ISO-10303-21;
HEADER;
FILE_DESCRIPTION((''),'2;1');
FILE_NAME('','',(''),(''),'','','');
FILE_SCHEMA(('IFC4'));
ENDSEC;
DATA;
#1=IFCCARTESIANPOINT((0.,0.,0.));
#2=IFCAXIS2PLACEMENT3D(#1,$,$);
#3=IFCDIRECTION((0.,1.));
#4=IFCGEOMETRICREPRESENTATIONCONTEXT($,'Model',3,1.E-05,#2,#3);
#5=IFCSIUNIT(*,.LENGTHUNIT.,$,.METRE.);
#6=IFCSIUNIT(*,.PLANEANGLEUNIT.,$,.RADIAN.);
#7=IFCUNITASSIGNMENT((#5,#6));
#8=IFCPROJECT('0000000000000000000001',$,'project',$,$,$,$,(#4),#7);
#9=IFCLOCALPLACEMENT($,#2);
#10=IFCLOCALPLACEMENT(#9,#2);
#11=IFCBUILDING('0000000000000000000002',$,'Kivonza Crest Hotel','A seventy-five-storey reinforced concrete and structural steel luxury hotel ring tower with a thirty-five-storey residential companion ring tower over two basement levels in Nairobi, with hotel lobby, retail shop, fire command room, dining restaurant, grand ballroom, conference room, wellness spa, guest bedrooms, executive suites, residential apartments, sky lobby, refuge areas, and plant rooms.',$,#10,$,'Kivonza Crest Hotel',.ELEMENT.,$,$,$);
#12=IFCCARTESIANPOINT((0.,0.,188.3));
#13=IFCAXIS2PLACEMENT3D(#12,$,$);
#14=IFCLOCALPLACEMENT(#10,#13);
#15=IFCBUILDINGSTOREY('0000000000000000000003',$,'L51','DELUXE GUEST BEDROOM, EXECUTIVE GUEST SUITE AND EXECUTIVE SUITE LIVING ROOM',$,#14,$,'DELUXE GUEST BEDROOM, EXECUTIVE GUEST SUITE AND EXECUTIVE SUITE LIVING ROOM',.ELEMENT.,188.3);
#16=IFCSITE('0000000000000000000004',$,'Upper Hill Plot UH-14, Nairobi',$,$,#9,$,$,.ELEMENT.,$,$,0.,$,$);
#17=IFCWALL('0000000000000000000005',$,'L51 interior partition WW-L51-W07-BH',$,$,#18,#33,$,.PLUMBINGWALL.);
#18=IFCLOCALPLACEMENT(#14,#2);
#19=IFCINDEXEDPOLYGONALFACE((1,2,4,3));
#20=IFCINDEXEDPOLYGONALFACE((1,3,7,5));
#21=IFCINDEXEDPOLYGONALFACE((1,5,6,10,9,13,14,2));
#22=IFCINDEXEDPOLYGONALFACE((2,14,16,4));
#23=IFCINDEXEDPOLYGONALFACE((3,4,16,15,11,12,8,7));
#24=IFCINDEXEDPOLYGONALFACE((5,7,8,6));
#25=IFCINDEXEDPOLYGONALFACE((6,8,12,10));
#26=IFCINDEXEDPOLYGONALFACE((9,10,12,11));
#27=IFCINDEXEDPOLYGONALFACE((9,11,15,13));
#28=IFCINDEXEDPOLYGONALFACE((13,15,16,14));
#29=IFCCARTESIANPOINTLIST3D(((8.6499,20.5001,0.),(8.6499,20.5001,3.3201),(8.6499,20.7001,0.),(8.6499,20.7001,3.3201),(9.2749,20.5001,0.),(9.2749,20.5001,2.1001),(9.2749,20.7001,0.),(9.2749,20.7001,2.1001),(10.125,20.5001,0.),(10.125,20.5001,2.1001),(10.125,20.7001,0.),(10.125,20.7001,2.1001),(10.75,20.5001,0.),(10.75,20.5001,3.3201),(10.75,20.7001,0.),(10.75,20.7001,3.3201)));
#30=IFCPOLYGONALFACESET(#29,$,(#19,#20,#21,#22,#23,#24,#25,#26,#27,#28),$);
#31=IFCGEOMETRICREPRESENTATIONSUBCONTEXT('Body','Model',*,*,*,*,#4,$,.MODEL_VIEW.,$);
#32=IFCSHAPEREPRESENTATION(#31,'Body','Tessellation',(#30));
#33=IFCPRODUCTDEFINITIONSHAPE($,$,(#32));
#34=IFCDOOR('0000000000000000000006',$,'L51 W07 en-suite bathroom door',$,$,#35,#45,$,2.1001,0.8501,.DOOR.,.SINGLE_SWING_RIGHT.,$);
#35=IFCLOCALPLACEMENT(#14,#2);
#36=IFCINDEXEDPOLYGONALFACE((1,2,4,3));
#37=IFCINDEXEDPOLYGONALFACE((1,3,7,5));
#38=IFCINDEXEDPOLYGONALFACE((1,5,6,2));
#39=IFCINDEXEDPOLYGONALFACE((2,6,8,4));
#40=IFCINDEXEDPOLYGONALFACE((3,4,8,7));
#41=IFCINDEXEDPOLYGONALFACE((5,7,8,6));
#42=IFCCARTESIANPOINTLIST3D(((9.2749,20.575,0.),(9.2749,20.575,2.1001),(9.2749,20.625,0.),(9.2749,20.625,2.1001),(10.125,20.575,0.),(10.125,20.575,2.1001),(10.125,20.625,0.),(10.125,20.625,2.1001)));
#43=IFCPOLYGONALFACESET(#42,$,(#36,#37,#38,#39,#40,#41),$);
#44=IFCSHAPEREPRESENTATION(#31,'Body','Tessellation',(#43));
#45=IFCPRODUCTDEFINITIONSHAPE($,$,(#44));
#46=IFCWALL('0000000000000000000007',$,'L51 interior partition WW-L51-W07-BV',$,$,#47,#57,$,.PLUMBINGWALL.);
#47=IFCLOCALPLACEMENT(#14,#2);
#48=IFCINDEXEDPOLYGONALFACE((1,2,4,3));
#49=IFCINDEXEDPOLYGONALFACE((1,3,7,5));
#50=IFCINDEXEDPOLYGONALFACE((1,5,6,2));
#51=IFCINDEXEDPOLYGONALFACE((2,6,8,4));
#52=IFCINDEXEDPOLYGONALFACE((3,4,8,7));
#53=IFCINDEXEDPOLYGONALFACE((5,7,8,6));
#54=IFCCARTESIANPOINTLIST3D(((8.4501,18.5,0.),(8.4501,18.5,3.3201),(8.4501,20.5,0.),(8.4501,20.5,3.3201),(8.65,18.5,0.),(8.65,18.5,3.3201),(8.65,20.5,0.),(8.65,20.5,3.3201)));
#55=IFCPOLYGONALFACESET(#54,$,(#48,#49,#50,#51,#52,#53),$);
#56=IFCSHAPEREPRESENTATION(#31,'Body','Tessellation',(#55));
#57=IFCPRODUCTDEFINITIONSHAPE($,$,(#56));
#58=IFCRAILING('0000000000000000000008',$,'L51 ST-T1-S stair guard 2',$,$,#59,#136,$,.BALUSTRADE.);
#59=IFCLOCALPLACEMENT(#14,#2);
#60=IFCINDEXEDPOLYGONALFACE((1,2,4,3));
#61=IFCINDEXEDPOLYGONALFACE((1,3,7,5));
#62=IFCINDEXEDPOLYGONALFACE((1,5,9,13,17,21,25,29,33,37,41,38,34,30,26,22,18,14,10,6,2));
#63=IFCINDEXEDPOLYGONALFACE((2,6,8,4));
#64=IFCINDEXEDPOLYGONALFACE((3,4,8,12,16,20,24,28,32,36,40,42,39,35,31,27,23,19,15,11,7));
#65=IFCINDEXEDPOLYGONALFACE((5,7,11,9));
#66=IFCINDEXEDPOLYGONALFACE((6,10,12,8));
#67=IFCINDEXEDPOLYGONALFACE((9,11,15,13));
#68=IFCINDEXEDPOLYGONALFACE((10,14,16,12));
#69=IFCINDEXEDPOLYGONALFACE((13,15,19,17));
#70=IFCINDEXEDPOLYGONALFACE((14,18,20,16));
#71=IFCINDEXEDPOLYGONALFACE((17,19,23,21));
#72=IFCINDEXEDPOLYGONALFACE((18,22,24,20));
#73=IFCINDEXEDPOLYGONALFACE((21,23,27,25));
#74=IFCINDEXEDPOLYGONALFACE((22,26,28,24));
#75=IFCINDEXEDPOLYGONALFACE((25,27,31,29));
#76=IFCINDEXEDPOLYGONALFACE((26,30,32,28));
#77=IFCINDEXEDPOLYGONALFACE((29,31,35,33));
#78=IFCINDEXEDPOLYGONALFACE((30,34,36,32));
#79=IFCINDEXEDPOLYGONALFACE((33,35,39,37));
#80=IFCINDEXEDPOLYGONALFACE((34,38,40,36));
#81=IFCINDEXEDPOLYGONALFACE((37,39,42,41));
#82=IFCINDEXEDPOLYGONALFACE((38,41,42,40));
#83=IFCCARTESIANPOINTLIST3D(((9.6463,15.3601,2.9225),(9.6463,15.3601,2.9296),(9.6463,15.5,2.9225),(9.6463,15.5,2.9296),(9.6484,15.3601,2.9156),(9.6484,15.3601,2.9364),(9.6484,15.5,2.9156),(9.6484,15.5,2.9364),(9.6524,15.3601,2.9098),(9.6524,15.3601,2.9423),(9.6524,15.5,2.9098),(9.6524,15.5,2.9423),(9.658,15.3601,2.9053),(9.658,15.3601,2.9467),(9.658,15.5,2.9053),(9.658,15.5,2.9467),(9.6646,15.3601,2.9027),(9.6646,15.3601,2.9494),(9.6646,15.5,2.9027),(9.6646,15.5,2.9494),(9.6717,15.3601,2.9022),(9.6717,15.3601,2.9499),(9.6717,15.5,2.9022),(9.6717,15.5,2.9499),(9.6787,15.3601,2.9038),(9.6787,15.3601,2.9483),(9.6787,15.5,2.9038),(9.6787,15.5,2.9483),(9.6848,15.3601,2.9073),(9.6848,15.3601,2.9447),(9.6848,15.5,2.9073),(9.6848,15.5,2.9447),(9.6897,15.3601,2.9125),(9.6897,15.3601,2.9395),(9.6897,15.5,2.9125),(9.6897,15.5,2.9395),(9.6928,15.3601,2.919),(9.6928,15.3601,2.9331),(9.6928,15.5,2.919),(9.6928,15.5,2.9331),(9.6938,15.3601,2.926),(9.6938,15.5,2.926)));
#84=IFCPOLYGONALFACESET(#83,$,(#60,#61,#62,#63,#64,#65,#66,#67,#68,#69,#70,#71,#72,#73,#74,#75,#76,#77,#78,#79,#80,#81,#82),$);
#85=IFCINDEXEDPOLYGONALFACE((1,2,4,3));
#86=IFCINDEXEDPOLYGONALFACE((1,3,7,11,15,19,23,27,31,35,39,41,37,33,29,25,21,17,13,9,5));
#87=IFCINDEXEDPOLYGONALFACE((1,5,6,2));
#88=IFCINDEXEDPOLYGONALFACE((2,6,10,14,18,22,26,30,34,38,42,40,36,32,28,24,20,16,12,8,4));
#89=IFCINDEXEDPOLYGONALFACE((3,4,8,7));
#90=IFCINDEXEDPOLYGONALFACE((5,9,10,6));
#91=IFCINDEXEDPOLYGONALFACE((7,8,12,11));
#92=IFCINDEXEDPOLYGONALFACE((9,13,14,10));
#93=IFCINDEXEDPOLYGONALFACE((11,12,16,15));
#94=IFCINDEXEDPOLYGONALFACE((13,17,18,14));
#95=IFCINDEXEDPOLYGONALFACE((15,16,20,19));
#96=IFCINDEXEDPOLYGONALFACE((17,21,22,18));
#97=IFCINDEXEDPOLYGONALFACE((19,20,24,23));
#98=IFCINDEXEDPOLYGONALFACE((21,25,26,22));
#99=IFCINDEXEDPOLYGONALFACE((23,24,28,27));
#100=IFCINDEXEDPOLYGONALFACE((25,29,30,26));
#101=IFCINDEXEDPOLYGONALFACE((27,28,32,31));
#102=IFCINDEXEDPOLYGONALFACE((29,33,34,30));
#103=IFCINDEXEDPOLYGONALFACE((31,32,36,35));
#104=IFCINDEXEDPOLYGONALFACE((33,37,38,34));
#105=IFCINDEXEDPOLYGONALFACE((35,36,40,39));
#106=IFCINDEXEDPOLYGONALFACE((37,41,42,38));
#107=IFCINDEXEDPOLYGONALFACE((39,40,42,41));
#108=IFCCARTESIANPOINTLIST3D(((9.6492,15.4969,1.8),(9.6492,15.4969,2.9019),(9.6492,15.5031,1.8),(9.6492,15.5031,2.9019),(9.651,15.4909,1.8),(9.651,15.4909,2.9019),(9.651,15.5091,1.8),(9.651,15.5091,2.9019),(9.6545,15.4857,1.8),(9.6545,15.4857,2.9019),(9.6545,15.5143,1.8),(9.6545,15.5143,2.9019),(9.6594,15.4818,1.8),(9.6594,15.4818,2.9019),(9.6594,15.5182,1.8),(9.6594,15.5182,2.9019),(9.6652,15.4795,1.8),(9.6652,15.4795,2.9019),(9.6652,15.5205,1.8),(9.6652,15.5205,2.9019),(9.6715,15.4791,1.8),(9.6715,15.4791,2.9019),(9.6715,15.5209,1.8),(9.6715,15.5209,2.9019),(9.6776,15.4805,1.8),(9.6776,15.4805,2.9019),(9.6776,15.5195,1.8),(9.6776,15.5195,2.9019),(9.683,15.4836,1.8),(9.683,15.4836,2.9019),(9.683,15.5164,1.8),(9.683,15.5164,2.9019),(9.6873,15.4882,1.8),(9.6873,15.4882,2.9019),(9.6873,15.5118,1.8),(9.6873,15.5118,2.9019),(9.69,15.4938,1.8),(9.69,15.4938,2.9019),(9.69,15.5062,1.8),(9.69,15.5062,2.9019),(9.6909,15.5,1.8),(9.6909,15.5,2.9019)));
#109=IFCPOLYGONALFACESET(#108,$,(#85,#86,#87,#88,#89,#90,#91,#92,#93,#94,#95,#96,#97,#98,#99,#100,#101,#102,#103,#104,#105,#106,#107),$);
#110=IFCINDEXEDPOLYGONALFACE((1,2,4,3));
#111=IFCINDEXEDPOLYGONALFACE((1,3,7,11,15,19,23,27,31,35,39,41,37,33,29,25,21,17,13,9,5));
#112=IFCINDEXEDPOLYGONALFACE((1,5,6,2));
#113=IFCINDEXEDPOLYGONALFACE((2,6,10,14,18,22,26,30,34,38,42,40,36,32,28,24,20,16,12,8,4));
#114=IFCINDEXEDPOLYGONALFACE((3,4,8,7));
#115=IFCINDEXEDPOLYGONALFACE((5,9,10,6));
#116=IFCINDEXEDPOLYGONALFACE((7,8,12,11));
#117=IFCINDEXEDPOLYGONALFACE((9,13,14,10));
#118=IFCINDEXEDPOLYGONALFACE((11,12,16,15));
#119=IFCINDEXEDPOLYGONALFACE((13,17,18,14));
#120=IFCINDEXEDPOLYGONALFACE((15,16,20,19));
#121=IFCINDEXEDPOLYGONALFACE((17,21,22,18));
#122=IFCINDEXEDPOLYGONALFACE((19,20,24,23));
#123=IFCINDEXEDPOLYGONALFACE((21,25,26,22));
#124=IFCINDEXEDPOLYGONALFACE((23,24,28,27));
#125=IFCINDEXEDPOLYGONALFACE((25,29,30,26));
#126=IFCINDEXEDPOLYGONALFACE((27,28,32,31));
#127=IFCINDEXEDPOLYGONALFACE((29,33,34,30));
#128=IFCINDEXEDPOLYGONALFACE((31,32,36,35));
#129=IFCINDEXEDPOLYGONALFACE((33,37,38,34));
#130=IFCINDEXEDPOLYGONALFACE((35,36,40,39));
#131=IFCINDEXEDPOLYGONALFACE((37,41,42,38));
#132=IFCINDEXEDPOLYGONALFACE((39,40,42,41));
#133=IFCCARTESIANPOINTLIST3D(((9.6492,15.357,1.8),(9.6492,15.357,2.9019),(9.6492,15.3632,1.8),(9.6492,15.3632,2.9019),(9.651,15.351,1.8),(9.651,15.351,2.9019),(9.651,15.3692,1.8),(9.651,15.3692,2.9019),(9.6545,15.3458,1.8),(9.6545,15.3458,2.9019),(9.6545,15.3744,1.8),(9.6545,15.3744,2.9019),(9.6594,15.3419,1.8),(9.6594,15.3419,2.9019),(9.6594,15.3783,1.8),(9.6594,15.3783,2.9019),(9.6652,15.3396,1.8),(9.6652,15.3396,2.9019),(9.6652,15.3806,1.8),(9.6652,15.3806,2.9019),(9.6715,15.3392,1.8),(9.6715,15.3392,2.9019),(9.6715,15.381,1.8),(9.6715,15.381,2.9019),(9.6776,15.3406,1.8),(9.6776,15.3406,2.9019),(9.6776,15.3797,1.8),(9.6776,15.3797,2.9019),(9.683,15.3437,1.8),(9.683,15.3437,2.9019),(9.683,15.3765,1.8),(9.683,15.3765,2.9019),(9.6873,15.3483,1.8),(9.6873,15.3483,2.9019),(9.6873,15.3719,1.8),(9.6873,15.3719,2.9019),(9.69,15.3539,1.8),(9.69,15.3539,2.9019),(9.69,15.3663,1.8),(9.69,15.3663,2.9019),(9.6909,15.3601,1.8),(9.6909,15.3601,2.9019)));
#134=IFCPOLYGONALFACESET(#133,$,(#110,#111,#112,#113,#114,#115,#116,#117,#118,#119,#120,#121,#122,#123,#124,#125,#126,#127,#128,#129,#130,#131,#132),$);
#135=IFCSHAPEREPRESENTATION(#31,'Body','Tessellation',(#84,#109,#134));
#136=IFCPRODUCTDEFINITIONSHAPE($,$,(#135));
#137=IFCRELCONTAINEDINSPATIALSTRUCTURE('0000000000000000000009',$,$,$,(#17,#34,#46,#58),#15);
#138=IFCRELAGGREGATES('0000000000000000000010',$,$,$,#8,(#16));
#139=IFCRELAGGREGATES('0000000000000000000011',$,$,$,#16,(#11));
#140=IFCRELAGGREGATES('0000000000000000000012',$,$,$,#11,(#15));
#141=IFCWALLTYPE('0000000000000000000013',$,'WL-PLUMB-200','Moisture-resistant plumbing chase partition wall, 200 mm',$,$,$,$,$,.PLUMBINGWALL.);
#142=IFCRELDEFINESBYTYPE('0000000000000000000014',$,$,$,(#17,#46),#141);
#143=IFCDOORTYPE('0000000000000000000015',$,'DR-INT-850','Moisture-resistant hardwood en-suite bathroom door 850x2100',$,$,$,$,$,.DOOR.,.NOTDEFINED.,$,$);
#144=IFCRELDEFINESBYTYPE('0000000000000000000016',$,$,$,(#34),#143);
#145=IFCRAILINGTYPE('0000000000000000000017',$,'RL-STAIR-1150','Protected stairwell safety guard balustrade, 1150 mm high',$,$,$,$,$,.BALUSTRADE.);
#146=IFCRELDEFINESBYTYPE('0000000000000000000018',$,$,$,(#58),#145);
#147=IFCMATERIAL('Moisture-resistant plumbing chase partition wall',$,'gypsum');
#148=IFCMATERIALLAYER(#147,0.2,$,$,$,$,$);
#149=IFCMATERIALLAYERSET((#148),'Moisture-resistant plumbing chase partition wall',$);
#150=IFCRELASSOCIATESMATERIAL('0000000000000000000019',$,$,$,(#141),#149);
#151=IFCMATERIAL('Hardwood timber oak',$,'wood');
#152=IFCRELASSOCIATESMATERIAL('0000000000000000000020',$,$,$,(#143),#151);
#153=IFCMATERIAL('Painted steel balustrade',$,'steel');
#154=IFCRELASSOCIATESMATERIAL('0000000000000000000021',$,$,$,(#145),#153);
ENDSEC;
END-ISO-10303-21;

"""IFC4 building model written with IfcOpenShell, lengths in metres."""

from ifc_helpers import new_model, si_unit, direction, frame, frame_2d, origin, origin_2d, place, context, subcontext, project, spatial, rectangle, circle, extrude, material, layer, layer_set, type_object, element, fill, save


model = new_model("IFC4")

# Units and contexts
model_context = context("Model", 3, precision=1e-05, world=origin(), true_north=direction((0.0, 1.0)))
body_context = subcontext(model_context, "Body", "Model", "MODEL_VIEW")
ifc_project = project(units=[si_unit("LENGTHUNIT", "METRE"), si_unit("PLANEANGLEUNIT", "RADIAN")], contexts=[model_context])

# Site, building, storey
site_placement = place(None, origin())
site = spatial("IfcSite", under=ifc_project, at=site_placement, Name="Upper Hill Plot UH-14, Nairobi", CompositionType="ELEMENT", RefElevation=0.0)
building_placement = place(site_placement, origin())
building = spatial("IfcBuilding", under=site, at=building_placement, Name="Kivonza Crest Hotel", Description="A seventy-five-storey reinforced concrete and structural steel luxury hotel ring tower with a thirty-five-storey residential companion ring tower over two basement levels in Nairobi, with hotel lobby, retail shop, fire command room, dining restaurant, grand ballroom, conference room, wellness spa, guest bedrooms, executive suites, residential apartments, sky lobby, refuge areas, and plant rooms.", LongName="Kivonza Crest Hotel", CompositionType="ELEMENT")
storey_placement = place(building_placement, frame((0.0, 0.0, 188.3)))
storey = spatial("IfcBuildingStorey", under=building, at=storey_placement, Name="L51", Description="DELUXE GUEST BEDROOM, EXECUTIVE GUEST SUITE AND EXECUTIVE SUITE LIVING ROOM", LongName="DELUXE GUEST BEDROOM, EXECUTIVE GUEST SUITE AND EXECUTIVE SUITE LIVING ROOM", CompositionType="ELEMENT", Elevation=188.3)

# Shared definitions
ifc_material_1 = material(Name="Hardwood timber oak", Category="wood")

# Wall, opening, door
ifc_material_2 = material(Name="Moisture-resistant plumbing chase partition wall", Category="gypsum")
ifc_layer_1 = layer(ifc_material_2, 0.2)
ifc_layer_set_1 = layer_set([ifc_layer_1], Name="Moisture-resistant plumbing chase partition wall")
wall_type_1 = type_object("IfcWallType", Name="WL-PLUMB-200", Description="Moisture-resistant plumbing chase partition wall, 200 mm", PredefinedType="PLUMBINGWALL", material=ifc_layer_set_1)
wall_1_placement = place(storey_placement, frame((8.6499, 20.6001, 0.0), z_axis=(0.0, 0.0, 1.0), x_axis=(1.0, 0.0, 0.0)))
wall_1 = element("IfcWall", 1, at=wall_1_placement, inside=storey, type_object=wall_type_1, Name="L51 interior partition WW-L51-W07-BH", PredefinedType="PLUMBINGWALL", context=body_context, shape_type="SweptSolid", body=[
    extrude(rectangle(XDim=2.1001, YDim=0.2, at=frame_2d((1.05, 0.0))), origin(), (0.0, 0.0, 1.0), 3.3201),
])
opening_1_placement = place(wall_1_placement, frame((0.625, 0.0, 0.0)))
opening_1 = element("IfcOpeningElement", 2, at=opening_1_placement, cuts=wall_1, PredefinedType="OPENING", context=body_context, shape_type="SweptSolid", body=[
    extrude(rectangle(XDim=0.8501, YDim=2.1001, at=frame_2d((0.425, 1.05))), frame((0.0, 0.1099, 0.0), z_axis=(0.0, -1.0, 0.0), x_axis=(1.0, 0.0, 0.0)), (0.0, 0.0, 1.0), 0.22),
])
door_type_1 = type_object("IfcDoorType", Name="DR-INT-850", Description="Moisture-resistant hardwood en-suite bathroom door 850x2100", OperationType="NOTDEFINED", PredefinedType="DOOR", material=ifc_material_1)
door_1_placement = place(opening_1_placement, origin())
door_1 = element("IfcDoor", 3, at=door_1_placement, inside=storey, type_object=door_type_1, Name="L51 W07 en-suite bathroom door", OperationType="SINGLE_SWING_RIGHT", OverallHeight=2.1001, OverallWidth=0.8501, PredefinedType="DOOR", context=body_context, shape_type="SweptSolid", body=[
    extrude(rectangle(XDim=0.8501, YDim=2.1001, at=frame_2d((0.425, 1.05))), frame((0.0, 0.0249, 0.0), z_axis=(0.0, -1.0, 0.0), x_axis=(1.0, 0.0, 0.0)), (0.0, 0.0, 1.0), 0.05),
])
fill(opening_1, door_1)

# Wall
wall_2_placement = place(storey_placement, frame((8.55, 18.5, 0.0), z_axis=(0.0, 0.0, 1.0), x_axis=(0.0, 1.0, 0.0)))
element("IfcWall", 4, at=wall_2_placement, inside=storey, type_object=wall_type_1, Name="L51 interior partition WW-L51-W07-BV", PredefinedType="PLUMBINGWALL", context=body_context, shape_type="SweptSolid", body=[
    extrude(rectangle(XDim=2.0, YDim=0.2, at=frame_2d((1.0, 0.0))), origin(), (0.0, 0.0, 1.0), 3.3201),
])

# Railing
ifc_material_3 = material(Name="Painted steel balustrade", Category="steel")
railing_type = type_object("IfcRailingType", Name="RL-STAIR-1150", Description="Protected stairwell safety guard balustrade, 1150 mm high", PredefinedType="BALUSTRADE", material=ifc_material_3)
railing_placement = place(storey_placement, frame((9.6699, 15.5, 1.8)))
element("IfcRailing", 5, at=railing_placement, inside=storey, type_object=railing_type, Name="L51 ST-T1-S stair guard 2", PredefinedType="BALUSTRADE", context=body_context, shape_type="SweptSolid", body=[
    extrude(circle(Radius=0.0239, at=origin_2d()), frame((0.0, 0.0, 1.126), z_axis=(0.0, -1.0, 0.0), x_axis=(1.0, 0.0, 0.0)), (0.0, 0.0, 1.0), 0.1399),
    extrude(circle(Radius=0.021, at=origin_2d()), origin(), (0.0, 0.0, 1.0), 1.1018),
    extrude(circle(Radius=0.021, at=origin_2d()), frame((0.0, -0.1399, 0.0)), (0.0, 0.0, 1.0), 1.1018),
])

save(model, "model.ifc")
